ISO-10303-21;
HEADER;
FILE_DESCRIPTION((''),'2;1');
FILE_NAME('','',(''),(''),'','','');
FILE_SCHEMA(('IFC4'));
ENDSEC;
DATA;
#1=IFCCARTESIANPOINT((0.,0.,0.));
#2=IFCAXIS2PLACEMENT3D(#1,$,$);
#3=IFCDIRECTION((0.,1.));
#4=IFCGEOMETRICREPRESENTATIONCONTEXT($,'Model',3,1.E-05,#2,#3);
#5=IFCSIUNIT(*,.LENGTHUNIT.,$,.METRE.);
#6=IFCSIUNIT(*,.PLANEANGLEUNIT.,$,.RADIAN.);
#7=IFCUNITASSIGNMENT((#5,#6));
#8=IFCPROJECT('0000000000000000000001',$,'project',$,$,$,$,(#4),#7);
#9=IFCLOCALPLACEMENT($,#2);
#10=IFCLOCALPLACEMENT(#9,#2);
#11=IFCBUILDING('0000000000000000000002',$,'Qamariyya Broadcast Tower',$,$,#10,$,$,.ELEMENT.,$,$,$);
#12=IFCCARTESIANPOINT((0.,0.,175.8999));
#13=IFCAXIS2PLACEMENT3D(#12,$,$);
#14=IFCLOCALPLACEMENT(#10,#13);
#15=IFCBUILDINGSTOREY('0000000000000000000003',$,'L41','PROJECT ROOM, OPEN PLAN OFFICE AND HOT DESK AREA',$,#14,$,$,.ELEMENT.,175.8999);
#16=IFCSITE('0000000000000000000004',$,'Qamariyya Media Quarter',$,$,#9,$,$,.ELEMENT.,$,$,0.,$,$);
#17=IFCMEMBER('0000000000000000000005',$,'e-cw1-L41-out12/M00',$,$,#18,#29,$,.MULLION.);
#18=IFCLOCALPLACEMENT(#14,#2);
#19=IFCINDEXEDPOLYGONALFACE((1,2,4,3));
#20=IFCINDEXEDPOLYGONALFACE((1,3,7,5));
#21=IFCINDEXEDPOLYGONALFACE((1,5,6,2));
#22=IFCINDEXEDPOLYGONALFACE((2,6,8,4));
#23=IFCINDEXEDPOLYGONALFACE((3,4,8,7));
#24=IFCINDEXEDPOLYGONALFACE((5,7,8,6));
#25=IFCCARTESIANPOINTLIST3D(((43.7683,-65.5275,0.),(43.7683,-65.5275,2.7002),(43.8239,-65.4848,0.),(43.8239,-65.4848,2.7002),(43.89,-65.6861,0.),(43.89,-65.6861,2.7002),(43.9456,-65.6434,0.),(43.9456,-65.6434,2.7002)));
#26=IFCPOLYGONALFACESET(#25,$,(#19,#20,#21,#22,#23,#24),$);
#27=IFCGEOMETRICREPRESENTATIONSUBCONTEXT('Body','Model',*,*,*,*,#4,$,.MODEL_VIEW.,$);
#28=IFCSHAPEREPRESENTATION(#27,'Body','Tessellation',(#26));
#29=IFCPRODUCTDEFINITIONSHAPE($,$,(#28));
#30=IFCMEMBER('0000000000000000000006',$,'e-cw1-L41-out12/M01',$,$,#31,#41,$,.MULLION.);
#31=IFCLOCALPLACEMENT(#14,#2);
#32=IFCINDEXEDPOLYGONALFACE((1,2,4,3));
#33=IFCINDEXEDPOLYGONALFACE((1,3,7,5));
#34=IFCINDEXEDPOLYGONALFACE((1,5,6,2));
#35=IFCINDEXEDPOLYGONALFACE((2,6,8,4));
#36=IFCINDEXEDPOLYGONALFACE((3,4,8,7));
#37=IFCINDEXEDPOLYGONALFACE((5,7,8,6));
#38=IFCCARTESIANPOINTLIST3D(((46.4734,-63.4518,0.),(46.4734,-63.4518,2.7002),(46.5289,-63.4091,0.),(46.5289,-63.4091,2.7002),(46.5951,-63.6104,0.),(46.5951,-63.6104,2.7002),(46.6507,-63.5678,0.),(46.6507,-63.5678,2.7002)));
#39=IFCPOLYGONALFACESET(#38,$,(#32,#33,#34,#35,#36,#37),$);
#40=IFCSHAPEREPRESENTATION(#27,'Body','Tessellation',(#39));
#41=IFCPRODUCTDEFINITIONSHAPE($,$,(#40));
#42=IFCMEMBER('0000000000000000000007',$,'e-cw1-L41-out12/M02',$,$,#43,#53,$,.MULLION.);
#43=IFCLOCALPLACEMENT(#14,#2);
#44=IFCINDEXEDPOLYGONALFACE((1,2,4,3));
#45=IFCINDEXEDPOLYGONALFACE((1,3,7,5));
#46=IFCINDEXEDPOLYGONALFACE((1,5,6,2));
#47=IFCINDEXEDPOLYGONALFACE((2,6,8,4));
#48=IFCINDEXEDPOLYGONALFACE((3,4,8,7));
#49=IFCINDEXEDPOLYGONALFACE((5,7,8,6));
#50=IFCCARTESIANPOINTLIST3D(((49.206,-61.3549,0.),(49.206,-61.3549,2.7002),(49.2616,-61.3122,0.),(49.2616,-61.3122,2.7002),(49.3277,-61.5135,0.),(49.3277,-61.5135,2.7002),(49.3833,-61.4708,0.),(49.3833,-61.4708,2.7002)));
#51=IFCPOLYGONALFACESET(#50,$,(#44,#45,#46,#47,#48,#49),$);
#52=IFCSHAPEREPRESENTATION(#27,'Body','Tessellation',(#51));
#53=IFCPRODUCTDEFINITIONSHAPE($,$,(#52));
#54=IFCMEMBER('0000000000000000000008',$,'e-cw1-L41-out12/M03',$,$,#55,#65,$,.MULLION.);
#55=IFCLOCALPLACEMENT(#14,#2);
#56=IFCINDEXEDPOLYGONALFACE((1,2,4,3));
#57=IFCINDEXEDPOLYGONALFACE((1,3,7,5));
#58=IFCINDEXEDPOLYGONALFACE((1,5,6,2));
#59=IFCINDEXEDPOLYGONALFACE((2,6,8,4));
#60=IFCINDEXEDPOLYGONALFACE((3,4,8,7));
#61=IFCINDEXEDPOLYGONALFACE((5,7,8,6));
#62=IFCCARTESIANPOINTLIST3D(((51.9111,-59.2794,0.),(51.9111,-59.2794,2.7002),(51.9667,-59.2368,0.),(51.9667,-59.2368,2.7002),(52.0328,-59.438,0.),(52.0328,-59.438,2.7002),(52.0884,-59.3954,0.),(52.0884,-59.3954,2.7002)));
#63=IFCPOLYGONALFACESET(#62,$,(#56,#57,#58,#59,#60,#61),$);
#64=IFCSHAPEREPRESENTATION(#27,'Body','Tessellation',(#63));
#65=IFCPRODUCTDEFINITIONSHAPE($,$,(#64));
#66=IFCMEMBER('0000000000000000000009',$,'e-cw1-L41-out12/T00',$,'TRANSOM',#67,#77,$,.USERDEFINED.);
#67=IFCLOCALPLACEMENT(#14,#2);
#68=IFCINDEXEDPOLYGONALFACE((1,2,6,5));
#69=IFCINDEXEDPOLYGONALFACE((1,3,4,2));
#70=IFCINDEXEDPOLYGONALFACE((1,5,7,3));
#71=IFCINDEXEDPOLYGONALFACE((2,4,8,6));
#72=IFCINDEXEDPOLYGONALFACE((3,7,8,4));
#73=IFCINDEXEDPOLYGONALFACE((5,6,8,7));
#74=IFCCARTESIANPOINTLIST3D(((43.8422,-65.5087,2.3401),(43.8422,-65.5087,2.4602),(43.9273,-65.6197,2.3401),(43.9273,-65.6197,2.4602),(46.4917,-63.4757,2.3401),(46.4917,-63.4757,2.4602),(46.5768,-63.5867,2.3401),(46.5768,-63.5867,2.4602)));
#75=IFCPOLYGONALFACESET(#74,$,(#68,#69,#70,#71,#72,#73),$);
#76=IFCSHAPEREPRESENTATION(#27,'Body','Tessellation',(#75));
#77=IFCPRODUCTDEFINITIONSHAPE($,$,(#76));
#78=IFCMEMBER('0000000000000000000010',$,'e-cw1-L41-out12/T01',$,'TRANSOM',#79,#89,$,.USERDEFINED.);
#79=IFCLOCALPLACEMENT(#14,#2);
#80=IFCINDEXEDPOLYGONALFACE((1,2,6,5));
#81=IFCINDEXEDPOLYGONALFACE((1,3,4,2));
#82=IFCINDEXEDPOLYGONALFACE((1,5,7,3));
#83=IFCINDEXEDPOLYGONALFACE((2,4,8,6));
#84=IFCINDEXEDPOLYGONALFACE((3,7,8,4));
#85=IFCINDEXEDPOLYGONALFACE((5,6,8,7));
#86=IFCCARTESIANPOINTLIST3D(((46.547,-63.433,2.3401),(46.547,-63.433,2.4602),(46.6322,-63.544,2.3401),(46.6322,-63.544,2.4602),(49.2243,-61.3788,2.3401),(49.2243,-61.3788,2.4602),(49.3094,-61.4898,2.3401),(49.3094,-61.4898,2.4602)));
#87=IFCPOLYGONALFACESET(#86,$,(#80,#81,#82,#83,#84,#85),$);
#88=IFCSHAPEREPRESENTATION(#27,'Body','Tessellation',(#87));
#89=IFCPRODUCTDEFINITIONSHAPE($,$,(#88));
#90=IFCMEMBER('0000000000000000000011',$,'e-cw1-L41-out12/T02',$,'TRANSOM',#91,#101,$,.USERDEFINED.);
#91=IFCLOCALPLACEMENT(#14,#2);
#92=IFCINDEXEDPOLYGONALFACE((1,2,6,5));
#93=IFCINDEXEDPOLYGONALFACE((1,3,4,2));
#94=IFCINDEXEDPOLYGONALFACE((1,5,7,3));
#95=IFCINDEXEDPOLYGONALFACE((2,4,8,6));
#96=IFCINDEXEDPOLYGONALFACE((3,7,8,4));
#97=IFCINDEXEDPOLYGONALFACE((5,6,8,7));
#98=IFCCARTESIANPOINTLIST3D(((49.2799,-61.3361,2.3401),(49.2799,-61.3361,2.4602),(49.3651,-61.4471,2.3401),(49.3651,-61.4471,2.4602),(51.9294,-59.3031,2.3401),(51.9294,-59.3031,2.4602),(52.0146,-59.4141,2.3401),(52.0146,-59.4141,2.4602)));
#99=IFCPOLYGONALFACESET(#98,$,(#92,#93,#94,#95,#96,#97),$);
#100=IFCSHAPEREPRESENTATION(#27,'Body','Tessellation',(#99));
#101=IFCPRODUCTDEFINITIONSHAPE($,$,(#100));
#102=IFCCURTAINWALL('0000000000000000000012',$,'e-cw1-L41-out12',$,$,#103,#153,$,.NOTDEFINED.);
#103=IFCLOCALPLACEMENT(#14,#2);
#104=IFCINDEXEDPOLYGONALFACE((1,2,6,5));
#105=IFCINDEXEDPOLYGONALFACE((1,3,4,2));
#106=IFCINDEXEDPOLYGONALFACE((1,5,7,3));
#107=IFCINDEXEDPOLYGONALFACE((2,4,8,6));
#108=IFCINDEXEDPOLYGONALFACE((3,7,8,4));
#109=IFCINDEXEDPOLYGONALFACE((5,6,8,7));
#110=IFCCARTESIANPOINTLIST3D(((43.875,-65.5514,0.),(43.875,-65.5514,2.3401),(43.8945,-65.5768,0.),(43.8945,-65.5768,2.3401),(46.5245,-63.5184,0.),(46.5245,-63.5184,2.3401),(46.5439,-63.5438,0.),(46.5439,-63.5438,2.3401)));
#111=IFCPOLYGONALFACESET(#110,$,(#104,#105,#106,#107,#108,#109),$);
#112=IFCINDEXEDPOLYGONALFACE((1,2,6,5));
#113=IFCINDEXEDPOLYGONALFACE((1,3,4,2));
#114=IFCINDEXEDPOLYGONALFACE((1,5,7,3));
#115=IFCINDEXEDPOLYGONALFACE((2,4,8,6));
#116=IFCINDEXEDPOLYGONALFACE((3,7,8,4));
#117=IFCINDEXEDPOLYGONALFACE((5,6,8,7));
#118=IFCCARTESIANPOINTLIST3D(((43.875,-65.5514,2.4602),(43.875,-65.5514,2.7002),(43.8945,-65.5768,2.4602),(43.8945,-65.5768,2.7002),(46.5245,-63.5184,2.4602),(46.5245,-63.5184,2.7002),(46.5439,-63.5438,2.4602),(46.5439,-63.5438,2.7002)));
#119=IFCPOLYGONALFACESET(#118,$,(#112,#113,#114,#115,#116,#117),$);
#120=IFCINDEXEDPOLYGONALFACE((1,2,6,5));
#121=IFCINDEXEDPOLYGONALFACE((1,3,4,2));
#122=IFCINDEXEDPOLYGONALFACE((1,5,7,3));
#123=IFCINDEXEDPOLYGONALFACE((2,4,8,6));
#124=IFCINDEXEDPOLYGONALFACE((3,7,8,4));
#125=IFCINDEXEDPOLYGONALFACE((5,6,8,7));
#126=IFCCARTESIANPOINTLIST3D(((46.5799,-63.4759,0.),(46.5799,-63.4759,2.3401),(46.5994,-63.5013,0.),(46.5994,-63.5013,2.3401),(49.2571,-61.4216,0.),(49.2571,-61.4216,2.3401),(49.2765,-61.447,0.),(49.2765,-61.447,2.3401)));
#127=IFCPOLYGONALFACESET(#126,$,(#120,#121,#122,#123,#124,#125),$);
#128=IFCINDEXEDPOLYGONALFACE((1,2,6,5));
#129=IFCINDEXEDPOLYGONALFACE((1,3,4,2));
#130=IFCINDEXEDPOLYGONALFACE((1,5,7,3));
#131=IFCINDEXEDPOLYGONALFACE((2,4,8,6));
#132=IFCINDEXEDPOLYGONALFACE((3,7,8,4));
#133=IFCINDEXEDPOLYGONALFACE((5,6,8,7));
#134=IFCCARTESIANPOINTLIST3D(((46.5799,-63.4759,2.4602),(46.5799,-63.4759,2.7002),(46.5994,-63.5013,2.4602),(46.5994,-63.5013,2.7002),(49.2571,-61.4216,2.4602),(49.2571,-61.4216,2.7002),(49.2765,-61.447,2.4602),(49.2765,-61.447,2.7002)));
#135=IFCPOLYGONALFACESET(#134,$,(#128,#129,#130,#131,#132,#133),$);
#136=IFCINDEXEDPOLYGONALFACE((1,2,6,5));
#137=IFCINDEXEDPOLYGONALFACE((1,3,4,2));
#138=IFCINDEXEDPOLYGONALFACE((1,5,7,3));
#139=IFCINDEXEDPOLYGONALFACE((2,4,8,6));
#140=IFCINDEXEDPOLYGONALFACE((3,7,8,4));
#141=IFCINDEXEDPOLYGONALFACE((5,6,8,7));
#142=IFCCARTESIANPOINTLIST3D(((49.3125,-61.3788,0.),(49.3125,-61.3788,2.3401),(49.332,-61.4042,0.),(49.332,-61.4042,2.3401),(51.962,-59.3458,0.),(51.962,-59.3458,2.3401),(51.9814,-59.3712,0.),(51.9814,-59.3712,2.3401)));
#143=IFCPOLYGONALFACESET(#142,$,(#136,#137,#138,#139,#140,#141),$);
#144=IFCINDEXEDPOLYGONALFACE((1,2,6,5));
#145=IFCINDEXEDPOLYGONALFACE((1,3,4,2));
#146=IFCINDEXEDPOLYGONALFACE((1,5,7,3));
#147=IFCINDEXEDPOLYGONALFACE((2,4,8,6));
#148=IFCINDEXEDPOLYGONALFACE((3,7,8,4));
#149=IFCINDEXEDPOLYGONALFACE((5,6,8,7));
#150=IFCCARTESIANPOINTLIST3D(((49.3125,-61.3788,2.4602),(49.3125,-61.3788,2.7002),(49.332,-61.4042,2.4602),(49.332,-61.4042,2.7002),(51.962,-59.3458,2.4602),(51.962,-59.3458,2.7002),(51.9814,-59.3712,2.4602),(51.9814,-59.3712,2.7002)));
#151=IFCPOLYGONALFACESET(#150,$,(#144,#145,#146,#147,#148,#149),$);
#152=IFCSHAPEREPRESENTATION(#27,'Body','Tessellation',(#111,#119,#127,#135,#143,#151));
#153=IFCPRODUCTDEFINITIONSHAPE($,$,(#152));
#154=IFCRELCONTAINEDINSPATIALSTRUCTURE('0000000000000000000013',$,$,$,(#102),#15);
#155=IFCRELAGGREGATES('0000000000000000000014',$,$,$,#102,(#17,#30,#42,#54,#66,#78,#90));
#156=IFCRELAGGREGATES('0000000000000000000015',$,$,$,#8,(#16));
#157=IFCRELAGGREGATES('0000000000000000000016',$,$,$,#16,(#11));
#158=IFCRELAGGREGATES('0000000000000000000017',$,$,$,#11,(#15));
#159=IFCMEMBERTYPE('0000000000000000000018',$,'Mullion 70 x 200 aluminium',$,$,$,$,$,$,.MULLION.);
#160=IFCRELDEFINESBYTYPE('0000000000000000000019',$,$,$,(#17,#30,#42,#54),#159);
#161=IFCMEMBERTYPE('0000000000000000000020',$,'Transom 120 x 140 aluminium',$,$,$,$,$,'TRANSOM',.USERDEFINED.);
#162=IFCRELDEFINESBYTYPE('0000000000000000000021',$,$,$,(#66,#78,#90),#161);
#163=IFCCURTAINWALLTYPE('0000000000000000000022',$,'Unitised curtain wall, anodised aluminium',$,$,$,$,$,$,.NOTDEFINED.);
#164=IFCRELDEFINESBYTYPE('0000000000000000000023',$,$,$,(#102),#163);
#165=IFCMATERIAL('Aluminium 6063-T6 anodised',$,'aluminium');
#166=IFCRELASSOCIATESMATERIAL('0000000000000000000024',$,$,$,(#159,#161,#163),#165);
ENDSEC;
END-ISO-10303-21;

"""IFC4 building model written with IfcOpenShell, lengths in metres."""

from ifc_helpers import new_model, si_unit, direction, frame, origin, origin_2d, place, context, subcontext, project, spatial, rectangle, extrude, material, material_profile, profile_set, type_object, element, aggregate, save


model = new_model("IFC4")

# Units and contexts
model_context = context("Model", 3, precision=1e-05, world=origin(), true_north=direction((0.0, 1.0)))
body_context = subcontext(model_context, "Body", "Model", "MODEL_VIEW")
ifc_project = project(units=[si_unit("LENGTHUNIT", "METRE"), si_unit("PLANEANGLEUNIT", "RADIAN")], contexts=[model_context])

# Members
ifc_material = material(Name="Aluminium 6063-T6 anodised", Category="aluminium")
ifc_material_profile_1 = material_profile(ifc_material, rectangle(XDim=0.2, YDim=0.0701, at=origin_2d()))
ifc_profile_set_1 = profile_set([ifc_material_profile_1], Name="Aluminium 6063-T6 anodised")
member_type_1 = type_object("IfcMemberType", Name="Mullion 70 x 200 aluminium", PredefinedType="MULLION", material=ifc_profile_set_1)
site_placement = place(None, origin())
building_placement = place(site_placement, origin())
storey_placement = place(building_placement, frame((0.0, 0.0, 175.8999)))
member_1_placement = place(storey_placement, frame((43.8569, -65.5854, 0.0), z_axis=(0.0, 0.0, 1.0), x_axis=(-0.608761, 0.793353, 0.0)))
member_1 = element("IfcMember", 1, at=member_1_placement, type_object=member_type_1, Name="e-cw1-L41-out12/M00", PredefinedType="MULLION", context=body_context, shape_type="SweptSolid", body=[
    extrude(rectangle(XDim=0.2, YDim=0.0701, at=origin_2d()), origin(), (0.0, 0.0, 1.0), 2.7002),
])
member_2_placement = place(storey_placement, frame((46.562, -63.5098, 0.0), z_axis=(0.0, 0.0, 1.0), x_axis=(-0.608761, 0.793353, 0.0)))
member_2 = element("IfcMember", 2, at=member_2_placement, type_object=member_type_1, Name="e-cw1-L41-out12/M01", PredefinedType="MULLION", context=body_context, shape_type="SweptSolid", body=[
    extrude(rectangle(XDim=0.2, YDim=0.0701, at=origin_2d()), origin(), (0.0, 0.0, 1.0), 2.7002),
])
member_3_placement = place(storey_placement, frame((49.2947, -61.4128, 0.0), z_axis=(0.0, 0.0, 1.0), x_axis=(-0.608761, 0.793353, 0.0)))
member_3 = element("IfcMember", 3, at=member_3_placement, type_object=member_type_1, Name="e-cw1-L41-out12/M02", PredefinedType="MULLION", context=body_context, shape_type="SweptSolid", body=[
    extrude(rectangle(XDim=0.2, YDim=0.0701, at=origin_2d()), origin(), (0.0, 0.0, 1.0), 2.7002),
])
member_4_placement = place(storey_placement, frame((51.9998, -59.3374, 0.0), z_axis=(0.0, 0.0, 1.0), x_axis=(-0.608761, 0.793353, 0.0)))
member_4 = element("IfcMember", 4, at=member_4_placement, type_object=member_type_1, Name="e-cw1-L41-out12/M03", PredefinedType="MULLION", context=body_context, shape_type="SweptSolid", body=[
    extrude(rectangle(XDim=0.2, YDim=0.0701, at=origin_2d()), origin(), (0.0, 0.0, 1.0), 2.7002),
])
ifc_material_profile_2 = material_profile(ifc_material, rectangle(XDim=0.1399, YDim=0.1201, at=origin_2d()))
ifc_profile_set_2 = profile_set([ifc_material_profile_2], Name="Aluminium 6063-T6 anodised")
member_type_2 = type_object("IfcMemberType", Name="Transom 120 x 140 aluminium", ElementType="TRANSOM", PredefinedType="USERDEFINED", material=ifc_profile_set_2)
member_5_placement = place(storey_placement, frame((43.8848, -65.5642, 2.4001), z_axis=(0.793354, 0.60876, 0.0), x_axis=(-0.60876, 0.793354, 0.0)))
member_5 = element("IfcMember", 5, at=member_5_placement, type_object=member_type_2, Name="e-cw1-L41-out12/T00", ObjectType="TRANSOM", PredefinedType="USERDEFINED", context=body_context, shape_type="SweptSolid", body=[
    extrude(rectangle(XDim=0.1399, YDim=0.1201, at=origin_2d()), origin(), (0.0, 0.0, 1.0), 3.3396),
])
member_6_placement = place(storey_placement, frame((46.5896, -63.4885, 2.4001), z_axis=(0.793371, 0.608738, 0.0), x_axis=(-0.608738, 0.793371, 0.0)))
member_6 = element("IfcMember", 6, at=member_6_placement, type_object=member_type_2, Name="e-cw1-L41-out12/T01", ObjectType="TRANSOM", PredefinedType="USERDEFINED", context=body_context, shape_type="SweptSolid", body=[
    extrude(rectangle(XDim=0.1399, YDim=0.1201, at=origin_2d()), origin(), (0.0, 0.0, 1.0), 3.3745),
])
member_7_placement = place(storey_placement, frame((49.3225, -61.3916, 2.4001), z_axis=(0.793354, 0.60876, 0.0), x_axis=(-0.60876, 0.793354, 0.0)))
member_7 = element("IfcMember", 7, at=member_7_placement, type_object=member_type_2, Name="e-cw1-L41-out12/T02", ObjectType="TRANSOM", PredefinedType="USERDEFINED", context=body_context, shape_type="SweptSolid", body=[
    extrude(rectangle(XDim=0.1399, YDim=0.1201, at=origin_2d()), origin(), (0.0, 0.0, 1.0), 3.3396),
])

# Site, building, storey
site = spatial("IfcSite", under=ifc_project, at=site_placement, Name="Qamariyya Media Quarter", CompositionType="ELEMENT", RefElevation=0.0)
building = spatial("IfcBuilding", under=site, at=building_placement, Name="Qamariyya Broadcast Tower", CompositionType="ELEMENT")
storey = spatial("IfcBuildingStorey", under=building, at=storey_placement, Name="L41", Description="PROJECT ROOM, OPEN PLAN OFFICE AND HOT DESK AREA", CompositionType="ELEMENT", Elevation=175.8999)

# Curtain wall
curtain_wall_type = type_object("IfcCurtainWallType", Name="Unitised curtain wall, anodised aluminium", PredefinedType="NOTDEFINED", material=ifc_material)
curtain_wall_1_placement = place(storey_placement, origin())
curtain_wall_1 = element("IfcCurtainWall", 8, at=curtain_wall_1_placement, inside=storey, type_object=curtain_wall_type, Name="e-cw1-L41-out12", PredefinedType="NOTDEFINED", context=body_context, shape_type="SweptSolid", body=[
    extrude(rectangle(XDim=3.3396, YDim=0.032, at=origin_2d()), frame((45.2095, -64.5476, 0.0), x_axis=(0.793352, 0.608764, 0.0)), (0.0, 0.0, 1.0), 2.3401),
    extrude(rectangle(XDim=3.3396, YDim=0.032, at=origin_2d()), frame((45.2095, -64.5476, 2.4602), x_axis=(0.793352, 0.608764, 0.0)), (0.0, 0.0, 1.0), 0.24),
    extrude(rectangle(XDim=3.3745, YDim=0.032, at=origin_2d()), frame((47.9282, -62.4614, 0.0), x_axis=(0.793352, 0.608764, 0.0)), (0.0, 0.0, 1.0), 2.3401),
    extrude(rectangle(XDim=3.3745, YDim=0.032, at=origin_2d()), frame((47.9282, -62.4614, 2.4602), x_axis=(0.793352, 0.608764, 0.0)), (0.0, 0.0, 1.0), 0.24),
    extrude(rectangle(XDim=3.3396, YDim=0.032, at=origin_2d()), frame((50.647, -60.375, 0.0), x_axis=(0.793352, 0.608764, 0.0)), (0.0, 0.0, 1.0), 2.3401),
    extrude(rectangle(XDim=3.3396, YDim=0.032, at=origin_2d()), frame((50.647, -60.375, 2.4602), x_axis=(0.793352, 0.608764, 0.0)), (0.0, 0.0, 1.0), 0.24),
])
aggregate(curtain_wall_1, [member_1, member_2, member_3, member_4, member_5, member_6, member_7])

save(model, "model.ifc")
